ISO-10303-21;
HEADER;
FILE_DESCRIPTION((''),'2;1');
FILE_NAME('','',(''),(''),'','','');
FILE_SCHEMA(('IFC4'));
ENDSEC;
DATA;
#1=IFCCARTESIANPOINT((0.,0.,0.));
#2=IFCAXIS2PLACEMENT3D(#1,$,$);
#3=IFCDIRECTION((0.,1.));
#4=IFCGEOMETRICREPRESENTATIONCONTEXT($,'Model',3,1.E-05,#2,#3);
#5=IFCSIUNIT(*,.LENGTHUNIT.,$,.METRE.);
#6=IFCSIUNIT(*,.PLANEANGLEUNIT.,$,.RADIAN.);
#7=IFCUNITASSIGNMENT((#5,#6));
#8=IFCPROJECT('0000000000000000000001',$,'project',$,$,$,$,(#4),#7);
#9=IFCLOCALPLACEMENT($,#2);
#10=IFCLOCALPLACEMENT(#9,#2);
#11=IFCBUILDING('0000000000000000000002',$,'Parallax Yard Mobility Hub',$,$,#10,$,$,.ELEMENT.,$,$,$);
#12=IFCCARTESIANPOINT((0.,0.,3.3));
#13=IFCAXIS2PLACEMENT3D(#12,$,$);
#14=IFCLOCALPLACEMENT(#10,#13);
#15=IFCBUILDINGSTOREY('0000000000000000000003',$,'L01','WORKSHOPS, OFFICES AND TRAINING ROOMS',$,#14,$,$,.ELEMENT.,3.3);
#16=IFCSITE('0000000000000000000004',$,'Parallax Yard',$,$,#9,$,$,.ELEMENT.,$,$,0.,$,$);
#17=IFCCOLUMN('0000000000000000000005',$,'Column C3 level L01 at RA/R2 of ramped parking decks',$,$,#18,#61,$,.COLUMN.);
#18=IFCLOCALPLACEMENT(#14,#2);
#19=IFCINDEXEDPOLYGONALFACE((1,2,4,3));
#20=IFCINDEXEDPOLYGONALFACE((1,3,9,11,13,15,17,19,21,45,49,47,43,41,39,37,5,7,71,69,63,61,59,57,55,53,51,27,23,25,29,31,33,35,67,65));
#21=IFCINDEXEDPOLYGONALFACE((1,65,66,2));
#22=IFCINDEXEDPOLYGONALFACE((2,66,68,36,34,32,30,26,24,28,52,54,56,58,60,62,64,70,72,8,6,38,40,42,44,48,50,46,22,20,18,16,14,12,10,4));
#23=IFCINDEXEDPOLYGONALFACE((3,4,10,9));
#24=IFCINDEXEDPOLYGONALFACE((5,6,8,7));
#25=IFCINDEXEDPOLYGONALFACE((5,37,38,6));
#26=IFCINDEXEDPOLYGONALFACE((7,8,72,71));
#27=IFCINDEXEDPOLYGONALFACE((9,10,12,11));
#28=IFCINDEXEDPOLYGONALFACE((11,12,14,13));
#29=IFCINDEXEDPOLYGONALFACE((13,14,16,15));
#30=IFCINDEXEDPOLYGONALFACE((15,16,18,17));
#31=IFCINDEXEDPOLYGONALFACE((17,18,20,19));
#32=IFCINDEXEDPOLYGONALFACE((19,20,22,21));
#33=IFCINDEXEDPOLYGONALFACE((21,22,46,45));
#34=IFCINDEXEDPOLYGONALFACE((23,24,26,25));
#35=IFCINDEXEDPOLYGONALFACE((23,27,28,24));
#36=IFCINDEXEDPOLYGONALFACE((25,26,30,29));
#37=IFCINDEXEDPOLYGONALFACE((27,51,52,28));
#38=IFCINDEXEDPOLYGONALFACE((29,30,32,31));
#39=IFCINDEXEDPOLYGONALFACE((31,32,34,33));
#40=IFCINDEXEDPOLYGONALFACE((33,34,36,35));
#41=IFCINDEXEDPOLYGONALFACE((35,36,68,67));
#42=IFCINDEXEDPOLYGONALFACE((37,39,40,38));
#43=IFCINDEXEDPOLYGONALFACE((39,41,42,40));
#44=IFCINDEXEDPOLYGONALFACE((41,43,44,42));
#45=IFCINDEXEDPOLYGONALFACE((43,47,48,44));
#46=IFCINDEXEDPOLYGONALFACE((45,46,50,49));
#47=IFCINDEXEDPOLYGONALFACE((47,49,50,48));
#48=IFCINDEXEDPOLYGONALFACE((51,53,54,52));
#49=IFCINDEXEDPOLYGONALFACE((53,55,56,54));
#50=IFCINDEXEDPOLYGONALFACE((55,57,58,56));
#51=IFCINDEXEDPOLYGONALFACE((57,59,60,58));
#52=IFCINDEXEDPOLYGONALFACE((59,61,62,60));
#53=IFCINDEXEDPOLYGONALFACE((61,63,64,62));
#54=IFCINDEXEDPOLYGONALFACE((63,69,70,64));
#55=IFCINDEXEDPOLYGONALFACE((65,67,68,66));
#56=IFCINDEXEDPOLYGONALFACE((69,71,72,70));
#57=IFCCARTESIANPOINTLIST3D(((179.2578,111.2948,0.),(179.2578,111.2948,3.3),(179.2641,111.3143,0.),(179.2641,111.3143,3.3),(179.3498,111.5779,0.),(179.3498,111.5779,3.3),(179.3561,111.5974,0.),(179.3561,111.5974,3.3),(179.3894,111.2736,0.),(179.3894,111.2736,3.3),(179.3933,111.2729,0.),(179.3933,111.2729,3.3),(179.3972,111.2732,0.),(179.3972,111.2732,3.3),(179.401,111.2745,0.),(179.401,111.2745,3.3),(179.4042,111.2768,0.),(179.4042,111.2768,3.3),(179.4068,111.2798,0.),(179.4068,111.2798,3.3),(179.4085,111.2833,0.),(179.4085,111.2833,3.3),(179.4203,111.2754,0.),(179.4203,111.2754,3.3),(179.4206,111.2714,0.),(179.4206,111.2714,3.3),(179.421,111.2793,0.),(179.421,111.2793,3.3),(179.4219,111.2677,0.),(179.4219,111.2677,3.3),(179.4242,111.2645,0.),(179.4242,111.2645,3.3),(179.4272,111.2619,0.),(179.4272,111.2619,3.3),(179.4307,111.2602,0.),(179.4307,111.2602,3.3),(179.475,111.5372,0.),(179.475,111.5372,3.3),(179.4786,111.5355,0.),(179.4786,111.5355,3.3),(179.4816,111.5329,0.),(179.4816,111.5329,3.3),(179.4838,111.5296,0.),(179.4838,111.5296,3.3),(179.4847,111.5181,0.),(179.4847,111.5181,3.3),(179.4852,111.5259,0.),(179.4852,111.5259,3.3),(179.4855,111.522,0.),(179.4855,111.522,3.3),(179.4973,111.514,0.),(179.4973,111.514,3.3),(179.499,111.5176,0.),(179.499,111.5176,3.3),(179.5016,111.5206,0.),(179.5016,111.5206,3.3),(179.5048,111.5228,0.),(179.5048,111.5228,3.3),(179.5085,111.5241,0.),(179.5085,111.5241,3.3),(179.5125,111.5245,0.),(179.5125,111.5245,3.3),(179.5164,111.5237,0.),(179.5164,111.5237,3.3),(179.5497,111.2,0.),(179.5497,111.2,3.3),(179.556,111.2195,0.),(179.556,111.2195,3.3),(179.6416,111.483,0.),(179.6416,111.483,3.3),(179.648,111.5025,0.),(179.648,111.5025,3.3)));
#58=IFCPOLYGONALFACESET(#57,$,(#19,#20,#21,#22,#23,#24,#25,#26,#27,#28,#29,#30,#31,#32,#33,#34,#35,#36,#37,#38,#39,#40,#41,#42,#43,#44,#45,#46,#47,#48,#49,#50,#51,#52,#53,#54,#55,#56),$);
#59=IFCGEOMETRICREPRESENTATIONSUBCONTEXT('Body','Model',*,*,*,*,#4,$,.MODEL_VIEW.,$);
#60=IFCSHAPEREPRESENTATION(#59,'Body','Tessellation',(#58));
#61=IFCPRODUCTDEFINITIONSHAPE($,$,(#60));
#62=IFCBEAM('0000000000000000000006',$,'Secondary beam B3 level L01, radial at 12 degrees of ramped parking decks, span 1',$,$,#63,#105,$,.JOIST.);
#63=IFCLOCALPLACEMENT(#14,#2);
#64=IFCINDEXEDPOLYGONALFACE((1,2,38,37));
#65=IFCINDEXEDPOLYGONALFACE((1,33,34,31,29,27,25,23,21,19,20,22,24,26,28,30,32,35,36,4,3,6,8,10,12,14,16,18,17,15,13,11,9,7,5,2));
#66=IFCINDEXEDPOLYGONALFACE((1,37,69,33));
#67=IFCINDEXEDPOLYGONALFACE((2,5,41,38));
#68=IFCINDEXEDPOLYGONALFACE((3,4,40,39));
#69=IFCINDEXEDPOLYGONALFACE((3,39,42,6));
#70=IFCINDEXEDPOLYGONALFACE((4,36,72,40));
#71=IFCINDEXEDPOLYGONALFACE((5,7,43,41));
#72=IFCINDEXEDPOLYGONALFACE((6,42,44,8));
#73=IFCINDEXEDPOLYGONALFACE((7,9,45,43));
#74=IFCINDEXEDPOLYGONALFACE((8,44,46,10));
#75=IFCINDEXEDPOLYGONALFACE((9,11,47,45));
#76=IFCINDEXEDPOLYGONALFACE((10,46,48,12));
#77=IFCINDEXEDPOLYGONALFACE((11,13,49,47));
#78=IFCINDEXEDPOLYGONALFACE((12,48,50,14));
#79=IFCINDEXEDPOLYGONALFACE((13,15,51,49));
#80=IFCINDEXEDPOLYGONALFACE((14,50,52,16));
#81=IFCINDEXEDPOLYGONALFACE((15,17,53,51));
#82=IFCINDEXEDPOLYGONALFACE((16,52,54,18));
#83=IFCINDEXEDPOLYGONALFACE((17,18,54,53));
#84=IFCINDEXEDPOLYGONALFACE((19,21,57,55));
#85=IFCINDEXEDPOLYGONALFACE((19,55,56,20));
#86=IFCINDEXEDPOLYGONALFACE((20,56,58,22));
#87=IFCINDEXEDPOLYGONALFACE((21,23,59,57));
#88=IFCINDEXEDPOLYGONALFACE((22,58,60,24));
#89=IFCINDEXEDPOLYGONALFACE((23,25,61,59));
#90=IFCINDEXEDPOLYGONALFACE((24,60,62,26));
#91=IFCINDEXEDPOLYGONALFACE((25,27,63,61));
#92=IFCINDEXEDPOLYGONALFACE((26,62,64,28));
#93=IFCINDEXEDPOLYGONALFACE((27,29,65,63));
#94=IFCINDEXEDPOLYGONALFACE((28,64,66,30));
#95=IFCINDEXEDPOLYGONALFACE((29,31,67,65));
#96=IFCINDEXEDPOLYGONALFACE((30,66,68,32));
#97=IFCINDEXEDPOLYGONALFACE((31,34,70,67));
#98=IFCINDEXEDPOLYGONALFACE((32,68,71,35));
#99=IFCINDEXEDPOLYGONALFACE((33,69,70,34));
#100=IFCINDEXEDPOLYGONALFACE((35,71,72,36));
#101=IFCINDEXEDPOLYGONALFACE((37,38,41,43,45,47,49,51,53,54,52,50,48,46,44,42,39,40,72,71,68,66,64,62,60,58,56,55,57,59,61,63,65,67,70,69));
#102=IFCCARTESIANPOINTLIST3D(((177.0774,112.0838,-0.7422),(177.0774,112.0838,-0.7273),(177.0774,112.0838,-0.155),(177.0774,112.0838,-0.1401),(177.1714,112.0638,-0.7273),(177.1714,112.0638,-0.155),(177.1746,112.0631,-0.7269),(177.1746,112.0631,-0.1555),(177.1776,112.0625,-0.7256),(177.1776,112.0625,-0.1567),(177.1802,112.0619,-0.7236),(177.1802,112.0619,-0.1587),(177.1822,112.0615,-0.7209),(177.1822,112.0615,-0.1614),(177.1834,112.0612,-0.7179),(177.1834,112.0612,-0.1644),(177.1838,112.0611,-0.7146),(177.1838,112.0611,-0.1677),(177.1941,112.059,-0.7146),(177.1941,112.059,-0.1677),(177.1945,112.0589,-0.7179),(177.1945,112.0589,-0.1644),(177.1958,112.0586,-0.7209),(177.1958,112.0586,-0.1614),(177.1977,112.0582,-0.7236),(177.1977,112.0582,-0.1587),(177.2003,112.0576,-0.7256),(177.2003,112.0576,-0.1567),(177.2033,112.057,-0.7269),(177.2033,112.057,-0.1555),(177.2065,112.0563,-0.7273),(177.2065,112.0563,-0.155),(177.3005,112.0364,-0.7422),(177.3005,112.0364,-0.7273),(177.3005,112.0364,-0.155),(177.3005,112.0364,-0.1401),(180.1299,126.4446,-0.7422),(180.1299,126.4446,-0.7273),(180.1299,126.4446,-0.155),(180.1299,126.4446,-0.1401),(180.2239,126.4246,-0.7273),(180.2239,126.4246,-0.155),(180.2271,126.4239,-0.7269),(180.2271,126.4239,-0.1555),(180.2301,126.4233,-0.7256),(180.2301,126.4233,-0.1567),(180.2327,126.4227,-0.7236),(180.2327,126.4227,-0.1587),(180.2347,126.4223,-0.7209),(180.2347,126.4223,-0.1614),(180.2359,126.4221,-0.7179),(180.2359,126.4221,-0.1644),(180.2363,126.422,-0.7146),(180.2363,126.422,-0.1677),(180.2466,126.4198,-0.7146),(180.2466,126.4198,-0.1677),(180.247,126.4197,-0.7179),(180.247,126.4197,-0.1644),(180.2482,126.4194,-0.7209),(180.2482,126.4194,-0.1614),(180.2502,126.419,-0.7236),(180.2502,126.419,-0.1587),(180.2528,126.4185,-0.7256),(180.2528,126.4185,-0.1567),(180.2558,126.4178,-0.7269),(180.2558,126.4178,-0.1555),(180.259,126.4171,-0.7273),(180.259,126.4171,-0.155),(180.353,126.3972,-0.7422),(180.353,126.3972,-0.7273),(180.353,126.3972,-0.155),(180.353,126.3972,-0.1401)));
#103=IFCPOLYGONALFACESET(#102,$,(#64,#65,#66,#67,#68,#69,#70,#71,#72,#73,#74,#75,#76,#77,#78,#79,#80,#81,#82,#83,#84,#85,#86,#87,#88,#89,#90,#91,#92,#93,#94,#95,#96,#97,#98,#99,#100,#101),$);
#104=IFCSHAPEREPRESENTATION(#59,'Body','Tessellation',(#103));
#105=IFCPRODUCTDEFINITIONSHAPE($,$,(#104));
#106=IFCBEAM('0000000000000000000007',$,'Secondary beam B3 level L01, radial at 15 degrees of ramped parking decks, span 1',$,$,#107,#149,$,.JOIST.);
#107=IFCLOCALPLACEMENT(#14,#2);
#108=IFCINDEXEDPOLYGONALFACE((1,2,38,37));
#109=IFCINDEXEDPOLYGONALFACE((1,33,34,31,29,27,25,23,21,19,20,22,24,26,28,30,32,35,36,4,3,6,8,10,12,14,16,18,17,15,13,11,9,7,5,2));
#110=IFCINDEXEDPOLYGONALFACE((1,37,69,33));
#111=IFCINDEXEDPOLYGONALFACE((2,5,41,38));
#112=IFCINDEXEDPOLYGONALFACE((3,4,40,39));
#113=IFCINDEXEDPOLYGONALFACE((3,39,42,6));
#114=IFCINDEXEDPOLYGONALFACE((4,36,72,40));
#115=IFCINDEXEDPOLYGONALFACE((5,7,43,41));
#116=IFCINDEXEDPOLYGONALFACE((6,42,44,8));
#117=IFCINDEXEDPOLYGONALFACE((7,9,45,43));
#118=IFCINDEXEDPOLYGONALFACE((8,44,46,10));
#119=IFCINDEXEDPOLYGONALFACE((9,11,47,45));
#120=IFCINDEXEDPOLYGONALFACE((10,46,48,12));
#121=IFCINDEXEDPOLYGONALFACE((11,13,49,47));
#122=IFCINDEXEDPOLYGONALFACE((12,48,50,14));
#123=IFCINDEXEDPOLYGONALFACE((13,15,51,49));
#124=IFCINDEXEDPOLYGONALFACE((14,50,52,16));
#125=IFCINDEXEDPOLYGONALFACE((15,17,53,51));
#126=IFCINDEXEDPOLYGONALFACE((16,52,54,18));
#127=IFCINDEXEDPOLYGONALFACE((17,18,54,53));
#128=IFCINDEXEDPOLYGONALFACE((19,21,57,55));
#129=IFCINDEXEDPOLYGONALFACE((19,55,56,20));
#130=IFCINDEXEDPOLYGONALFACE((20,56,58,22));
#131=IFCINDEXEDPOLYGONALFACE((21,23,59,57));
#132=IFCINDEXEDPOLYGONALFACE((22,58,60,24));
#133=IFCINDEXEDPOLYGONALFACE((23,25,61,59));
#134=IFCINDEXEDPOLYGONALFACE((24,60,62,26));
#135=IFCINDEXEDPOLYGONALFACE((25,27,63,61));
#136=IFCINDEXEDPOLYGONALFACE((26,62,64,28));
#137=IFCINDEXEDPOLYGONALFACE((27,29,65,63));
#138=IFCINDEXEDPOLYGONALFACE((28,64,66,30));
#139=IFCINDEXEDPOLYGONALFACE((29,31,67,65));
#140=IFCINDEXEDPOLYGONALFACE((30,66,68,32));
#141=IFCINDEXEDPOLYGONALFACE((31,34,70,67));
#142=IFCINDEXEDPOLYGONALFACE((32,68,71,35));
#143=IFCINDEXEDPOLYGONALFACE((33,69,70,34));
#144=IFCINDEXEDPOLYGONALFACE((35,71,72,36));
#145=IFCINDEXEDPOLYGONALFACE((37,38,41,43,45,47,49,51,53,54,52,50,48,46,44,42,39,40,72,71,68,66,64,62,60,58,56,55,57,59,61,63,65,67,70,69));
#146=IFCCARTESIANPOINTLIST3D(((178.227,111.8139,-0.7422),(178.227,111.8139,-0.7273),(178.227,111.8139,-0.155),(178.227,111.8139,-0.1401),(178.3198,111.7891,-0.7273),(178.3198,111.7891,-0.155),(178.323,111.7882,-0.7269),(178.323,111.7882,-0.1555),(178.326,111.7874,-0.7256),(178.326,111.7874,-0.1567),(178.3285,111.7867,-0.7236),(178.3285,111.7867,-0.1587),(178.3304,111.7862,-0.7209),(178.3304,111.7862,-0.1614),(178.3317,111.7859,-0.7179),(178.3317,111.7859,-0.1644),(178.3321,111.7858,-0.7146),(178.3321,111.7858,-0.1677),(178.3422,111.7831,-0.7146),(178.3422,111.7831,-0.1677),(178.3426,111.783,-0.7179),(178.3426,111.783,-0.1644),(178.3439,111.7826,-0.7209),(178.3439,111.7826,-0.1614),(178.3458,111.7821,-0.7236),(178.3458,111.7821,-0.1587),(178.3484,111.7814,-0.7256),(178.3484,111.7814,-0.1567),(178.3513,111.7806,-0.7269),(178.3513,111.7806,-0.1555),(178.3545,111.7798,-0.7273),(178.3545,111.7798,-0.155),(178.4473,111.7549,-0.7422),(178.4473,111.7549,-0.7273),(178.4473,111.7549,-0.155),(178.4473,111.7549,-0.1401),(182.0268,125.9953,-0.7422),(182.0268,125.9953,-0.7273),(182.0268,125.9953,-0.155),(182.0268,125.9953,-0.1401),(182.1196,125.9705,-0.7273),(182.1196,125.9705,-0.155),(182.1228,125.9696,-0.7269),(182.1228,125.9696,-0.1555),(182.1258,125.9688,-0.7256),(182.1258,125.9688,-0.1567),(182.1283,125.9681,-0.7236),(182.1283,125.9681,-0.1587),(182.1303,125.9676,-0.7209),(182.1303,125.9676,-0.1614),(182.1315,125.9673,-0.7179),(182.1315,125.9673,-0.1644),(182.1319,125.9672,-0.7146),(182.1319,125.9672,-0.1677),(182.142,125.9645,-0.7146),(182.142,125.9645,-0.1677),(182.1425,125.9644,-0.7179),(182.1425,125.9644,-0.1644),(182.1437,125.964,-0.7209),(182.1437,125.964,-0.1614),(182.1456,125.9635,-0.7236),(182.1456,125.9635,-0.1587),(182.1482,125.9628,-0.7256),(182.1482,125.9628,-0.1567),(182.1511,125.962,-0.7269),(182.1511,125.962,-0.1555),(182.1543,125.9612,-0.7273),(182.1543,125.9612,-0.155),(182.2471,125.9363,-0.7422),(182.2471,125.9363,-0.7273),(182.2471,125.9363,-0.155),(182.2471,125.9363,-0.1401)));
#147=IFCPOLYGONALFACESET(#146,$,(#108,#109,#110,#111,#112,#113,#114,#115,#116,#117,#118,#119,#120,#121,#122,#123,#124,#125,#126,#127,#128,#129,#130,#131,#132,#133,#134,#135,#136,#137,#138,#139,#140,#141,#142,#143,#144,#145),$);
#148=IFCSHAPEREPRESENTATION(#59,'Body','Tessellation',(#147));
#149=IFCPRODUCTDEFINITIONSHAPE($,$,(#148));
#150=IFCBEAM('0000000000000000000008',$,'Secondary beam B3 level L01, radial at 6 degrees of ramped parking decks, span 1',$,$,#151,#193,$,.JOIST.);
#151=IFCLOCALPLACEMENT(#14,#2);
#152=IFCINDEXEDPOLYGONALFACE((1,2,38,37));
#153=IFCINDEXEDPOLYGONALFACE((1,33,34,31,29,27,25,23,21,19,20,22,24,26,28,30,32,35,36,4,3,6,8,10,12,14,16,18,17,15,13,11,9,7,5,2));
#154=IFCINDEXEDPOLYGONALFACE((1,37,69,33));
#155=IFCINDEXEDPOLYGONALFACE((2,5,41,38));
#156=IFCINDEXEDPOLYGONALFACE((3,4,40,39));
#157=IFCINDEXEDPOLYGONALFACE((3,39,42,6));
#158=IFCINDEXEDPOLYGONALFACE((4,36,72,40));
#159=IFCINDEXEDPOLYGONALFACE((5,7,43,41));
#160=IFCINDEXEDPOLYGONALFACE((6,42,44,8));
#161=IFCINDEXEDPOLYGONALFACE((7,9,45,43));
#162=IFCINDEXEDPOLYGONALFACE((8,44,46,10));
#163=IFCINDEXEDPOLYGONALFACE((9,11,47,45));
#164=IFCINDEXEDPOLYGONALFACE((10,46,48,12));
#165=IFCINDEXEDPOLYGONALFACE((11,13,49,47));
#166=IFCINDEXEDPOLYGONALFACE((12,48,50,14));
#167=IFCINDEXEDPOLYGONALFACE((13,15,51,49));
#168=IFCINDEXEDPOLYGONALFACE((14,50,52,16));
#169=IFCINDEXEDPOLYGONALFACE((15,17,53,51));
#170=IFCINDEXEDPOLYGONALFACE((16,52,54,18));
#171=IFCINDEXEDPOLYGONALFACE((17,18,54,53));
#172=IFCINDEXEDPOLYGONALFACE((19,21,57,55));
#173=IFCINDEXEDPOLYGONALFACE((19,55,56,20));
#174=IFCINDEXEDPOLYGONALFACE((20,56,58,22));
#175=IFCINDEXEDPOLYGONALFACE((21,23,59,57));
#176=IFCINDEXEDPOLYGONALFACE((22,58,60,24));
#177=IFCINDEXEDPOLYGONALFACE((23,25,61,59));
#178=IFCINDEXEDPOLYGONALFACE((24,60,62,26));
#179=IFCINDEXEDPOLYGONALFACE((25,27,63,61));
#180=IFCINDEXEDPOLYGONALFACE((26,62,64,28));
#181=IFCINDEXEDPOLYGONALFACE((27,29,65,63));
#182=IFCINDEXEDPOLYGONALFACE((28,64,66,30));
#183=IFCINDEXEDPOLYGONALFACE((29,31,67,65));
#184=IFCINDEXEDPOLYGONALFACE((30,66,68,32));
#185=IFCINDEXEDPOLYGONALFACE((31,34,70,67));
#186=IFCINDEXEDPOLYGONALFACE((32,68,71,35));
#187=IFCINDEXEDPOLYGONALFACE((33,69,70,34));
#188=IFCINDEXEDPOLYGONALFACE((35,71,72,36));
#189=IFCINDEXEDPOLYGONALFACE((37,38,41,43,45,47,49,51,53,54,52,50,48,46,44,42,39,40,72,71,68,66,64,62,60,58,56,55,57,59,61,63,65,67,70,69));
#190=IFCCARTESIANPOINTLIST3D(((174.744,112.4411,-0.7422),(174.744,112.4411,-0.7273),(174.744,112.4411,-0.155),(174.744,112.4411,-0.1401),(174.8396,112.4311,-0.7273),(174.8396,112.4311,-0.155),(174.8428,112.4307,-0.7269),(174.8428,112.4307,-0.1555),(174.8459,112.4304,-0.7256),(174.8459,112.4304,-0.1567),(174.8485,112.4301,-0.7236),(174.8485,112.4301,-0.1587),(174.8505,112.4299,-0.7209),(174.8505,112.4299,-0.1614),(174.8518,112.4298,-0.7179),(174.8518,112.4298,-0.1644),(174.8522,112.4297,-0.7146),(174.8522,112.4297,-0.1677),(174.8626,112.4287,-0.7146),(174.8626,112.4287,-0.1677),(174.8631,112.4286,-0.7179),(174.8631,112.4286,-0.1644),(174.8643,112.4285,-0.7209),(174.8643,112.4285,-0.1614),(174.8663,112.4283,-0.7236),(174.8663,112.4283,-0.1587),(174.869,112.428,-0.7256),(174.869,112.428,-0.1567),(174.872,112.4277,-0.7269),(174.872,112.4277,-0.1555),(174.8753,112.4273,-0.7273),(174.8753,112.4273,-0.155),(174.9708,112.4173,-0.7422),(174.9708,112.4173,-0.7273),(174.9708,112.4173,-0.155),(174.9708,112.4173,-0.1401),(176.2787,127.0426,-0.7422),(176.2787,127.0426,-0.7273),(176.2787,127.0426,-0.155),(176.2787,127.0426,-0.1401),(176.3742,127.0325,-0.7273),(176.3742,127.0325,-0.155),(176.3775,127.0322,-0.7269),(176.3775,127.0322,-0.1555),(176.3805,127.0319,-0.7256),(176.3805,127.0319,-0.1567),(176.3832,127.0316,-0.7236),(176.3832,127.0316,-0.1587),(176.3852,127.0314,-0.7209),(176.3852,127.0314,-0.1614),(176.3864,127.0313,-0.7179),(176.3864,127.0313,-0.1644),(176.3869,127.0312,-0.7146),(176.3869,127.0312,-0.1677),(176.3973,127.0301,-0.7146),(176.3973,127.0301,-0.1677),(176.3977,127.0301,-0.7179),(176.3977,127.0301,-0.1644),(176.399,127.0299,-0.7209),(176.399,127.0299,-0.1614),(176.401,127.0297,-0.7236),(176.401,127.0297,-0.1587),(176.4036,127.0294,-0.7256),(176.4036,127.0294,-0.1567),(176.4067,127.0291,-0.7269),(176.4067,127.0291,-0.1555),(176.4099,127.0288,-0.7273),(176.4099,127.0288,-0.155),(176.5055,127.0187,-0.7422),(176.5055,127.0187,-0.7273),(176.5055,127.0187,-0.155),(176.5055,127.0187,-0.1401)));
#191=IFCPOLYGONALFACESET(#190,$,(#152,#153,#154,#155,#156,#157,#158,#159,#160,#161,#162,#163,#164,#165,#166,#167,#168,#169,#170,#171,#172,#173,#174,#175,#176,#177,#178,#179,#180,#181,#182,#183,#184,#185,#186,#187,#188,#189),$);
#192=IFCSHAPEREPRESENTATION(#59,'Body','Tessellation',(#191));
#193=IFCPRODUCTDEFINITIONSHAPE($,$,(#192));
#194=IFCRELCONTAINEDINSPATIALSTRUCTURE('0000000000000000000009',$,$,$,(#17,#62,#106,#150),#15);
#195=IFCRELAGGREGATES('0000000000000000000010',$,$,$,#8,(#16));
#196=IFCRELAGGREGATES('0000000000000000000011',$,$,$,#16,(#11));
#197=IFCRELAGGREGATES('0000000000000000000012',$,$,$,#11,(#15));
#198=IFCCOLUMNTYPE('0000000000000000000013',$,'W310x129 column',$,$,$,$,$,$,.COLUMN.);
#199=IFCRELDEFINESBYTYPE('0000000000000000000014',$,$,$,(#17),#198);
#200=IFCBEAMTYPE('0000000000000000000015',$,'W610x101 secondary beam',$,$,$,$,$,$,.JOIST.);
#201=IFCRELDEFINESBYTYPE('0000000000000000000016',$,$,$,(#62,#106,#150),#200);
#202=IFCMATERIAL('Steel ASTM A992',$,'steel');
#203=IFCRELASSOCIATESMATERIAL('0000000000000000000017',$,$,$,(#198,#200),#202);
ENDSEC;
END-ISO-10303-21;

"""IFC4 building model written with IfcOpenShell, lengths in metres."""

from ifc_helpers import new_model, si_unit, direction, frame, origin, origin_2d, place, context, subcontext, project, spatial, i_section, extrude, material, material_profile, profile_set, type_object, element, save


model = new_model("IFC4")

# Units and contexts
model_context = context("Model", 3, precision=1e-05, world=origin(), true_north=direction((0.0, 1.0)))
body_context = subcontext(model_context, "Body", "Model", "MODEL_VIEW")
ifc_project = project(units=[si_unit("LENGTHUNIT", "METRE"), si_unit("PLANEANGLEUNIT", "RADIAN")], contexts=[model_context])

# Site, building, storey
site_placement = place(None, origin())
site = spatial("IfcSite", under=ifc_project, at=site_placement, Name="Parallax Yard", CompositionType="ELEMENT", RefElevation=0.0)
building_placement = place(site_placement, origin())
building = spatial("IfcBuilding", under=site, at=building_placement, Name="Parallax Yard Mobility Hub", CompositionType="ELEMENT")
storey_placement = place(building_placement, frame((0.0, 0.0, 3.3)))
storey = spatial("IfcBuildingStorey", under=building, at=storey_placement, Name="L01", Description="WORKSHOPS, OFFICES AND TRAINING ROOMS", CompositionType="ELEMENT", Elevation=3.3)

# Column
ifc_material_1 = material(Name="Steel ASTM A992", Category="steel")
ifc_material_profile_1 = material_profile(ifc_material_1, i_section(OverallWidth=0.3069, OverallDepth=0.3181, WebThickness=0.0132, FlangeThickness=0.0205, FilletRadius=0.0151, at=origin_2d()), Name="W310x129")
ifc_profile_set_1 = profile_set([ifc_material_profile_1], Name="Steel ASTM A992")
column_type = type_object("IfcColumnType", Name="W310x129 column", PredefinedType="COLUMN", material=ifc_profile_set_1)
column_placement = place(storey_placement, frame((179.4529, 111.3987, 0.0), z_axis=(0.0, 0.0, 1.0), x_axis=(-0.951057, 0.309017, 0.0)))
element("IfcColumn", 1, at=column_placement, inside=storey, type_object=column_type, Name="Column C3 level L01 at RA/R2 of ramped parking decks", PredefinedType="COLUMN", context=body_context, shape_type="SweptSolid", body=[
    extrude(i_section(OverallWidth=0.3069, OverallDepth=0.3181, WebThickness=0.0132, FlangeThickness=0.0205, FilletRadius=0.0151, at=origin_2d()), origin(), (0.0, 0.0, 1.0), 3.3),
])

# Beams
ifc_material_profile_2 = material_profile(ifc_material_1, i_section(OverallWidth=0.228, OverallDepth=0.6021, WebThickness=0.0105, FlangeThickness=0.0149, FilletRadius=0.0127, at=origin_2d()), Name="W610x101")
ifc_profile_set_2 = profile_set([ifc_material_profile_2], Name="Steel ASTM A992")
beam_type_1 = type_object("IfcBeamType", Name="W610x101 secondary beam", PredefinedType="JOIST", material=ifc_profile_set_2)
for number, where, z_axis, x_axis, name in (
    (2, (177.189, 112.0601, -0.4412), (0.207912, 0.978148, 0.0), (-0.978148, 0.207912, 0.0), "Secondary beam B3 level L01, radial at 12 degrees of ramped parking decks, span 1"),
    (3, (178.3372, 111.7844, -0.4412), (0.258813, 0.965927, 0.0), (-0.965927, 0.258813, 0.0), "Secondary beam B3 level L01, radial at 15 degrees of ramped parking decks, span 1"),
):
    element("IfcBeam", number, at=place(storey_placement, frame(where, z_axis=z_axis, x_axis=x_axis)), inside=storey, type_object=beam_type_1, Name=name, PredefinedType="JOIST", context=body_context, shape_type="SweptSolid", body=[
        extrude(i_section(OverallWidth=0.228, OverallDepth=0.6021, WebThickness=0.0105, FlangeThickness=0.0149, FilletRadius=0.0127, at=origin_2d()), origin(), (0.0, 0.0, 1.0), 14.6816),
    ])
beam_1_placement = place(storey_placement, frame((174.8574, 112.4292, -0.4412), z_axis=(0.104527, 0.994522, 0.0), x_axis=(-0.994522, 0.104527, 0.0)))
element("IfcBeam", 4, at=beam_1_placement, inside=storey, type_object=beam_type_1, Name="Secondary beam B3 level L01, radial at 6 degrees of ramped parking decks, span 1", PredefinedType="JOIST", context=body_context, shape_type="SweptSolid", body=[
    extrude(i_section(OverallWidth=0.228, OverallDepth=0.6021, WebThickness=0.0105, FlangeThickness=0.0149, FilletRadius=0.0127, at=origin_2d()), origin(), (0.0, 0.0, 1.0), 14.6819),
])

save(model, "model.ifc")
